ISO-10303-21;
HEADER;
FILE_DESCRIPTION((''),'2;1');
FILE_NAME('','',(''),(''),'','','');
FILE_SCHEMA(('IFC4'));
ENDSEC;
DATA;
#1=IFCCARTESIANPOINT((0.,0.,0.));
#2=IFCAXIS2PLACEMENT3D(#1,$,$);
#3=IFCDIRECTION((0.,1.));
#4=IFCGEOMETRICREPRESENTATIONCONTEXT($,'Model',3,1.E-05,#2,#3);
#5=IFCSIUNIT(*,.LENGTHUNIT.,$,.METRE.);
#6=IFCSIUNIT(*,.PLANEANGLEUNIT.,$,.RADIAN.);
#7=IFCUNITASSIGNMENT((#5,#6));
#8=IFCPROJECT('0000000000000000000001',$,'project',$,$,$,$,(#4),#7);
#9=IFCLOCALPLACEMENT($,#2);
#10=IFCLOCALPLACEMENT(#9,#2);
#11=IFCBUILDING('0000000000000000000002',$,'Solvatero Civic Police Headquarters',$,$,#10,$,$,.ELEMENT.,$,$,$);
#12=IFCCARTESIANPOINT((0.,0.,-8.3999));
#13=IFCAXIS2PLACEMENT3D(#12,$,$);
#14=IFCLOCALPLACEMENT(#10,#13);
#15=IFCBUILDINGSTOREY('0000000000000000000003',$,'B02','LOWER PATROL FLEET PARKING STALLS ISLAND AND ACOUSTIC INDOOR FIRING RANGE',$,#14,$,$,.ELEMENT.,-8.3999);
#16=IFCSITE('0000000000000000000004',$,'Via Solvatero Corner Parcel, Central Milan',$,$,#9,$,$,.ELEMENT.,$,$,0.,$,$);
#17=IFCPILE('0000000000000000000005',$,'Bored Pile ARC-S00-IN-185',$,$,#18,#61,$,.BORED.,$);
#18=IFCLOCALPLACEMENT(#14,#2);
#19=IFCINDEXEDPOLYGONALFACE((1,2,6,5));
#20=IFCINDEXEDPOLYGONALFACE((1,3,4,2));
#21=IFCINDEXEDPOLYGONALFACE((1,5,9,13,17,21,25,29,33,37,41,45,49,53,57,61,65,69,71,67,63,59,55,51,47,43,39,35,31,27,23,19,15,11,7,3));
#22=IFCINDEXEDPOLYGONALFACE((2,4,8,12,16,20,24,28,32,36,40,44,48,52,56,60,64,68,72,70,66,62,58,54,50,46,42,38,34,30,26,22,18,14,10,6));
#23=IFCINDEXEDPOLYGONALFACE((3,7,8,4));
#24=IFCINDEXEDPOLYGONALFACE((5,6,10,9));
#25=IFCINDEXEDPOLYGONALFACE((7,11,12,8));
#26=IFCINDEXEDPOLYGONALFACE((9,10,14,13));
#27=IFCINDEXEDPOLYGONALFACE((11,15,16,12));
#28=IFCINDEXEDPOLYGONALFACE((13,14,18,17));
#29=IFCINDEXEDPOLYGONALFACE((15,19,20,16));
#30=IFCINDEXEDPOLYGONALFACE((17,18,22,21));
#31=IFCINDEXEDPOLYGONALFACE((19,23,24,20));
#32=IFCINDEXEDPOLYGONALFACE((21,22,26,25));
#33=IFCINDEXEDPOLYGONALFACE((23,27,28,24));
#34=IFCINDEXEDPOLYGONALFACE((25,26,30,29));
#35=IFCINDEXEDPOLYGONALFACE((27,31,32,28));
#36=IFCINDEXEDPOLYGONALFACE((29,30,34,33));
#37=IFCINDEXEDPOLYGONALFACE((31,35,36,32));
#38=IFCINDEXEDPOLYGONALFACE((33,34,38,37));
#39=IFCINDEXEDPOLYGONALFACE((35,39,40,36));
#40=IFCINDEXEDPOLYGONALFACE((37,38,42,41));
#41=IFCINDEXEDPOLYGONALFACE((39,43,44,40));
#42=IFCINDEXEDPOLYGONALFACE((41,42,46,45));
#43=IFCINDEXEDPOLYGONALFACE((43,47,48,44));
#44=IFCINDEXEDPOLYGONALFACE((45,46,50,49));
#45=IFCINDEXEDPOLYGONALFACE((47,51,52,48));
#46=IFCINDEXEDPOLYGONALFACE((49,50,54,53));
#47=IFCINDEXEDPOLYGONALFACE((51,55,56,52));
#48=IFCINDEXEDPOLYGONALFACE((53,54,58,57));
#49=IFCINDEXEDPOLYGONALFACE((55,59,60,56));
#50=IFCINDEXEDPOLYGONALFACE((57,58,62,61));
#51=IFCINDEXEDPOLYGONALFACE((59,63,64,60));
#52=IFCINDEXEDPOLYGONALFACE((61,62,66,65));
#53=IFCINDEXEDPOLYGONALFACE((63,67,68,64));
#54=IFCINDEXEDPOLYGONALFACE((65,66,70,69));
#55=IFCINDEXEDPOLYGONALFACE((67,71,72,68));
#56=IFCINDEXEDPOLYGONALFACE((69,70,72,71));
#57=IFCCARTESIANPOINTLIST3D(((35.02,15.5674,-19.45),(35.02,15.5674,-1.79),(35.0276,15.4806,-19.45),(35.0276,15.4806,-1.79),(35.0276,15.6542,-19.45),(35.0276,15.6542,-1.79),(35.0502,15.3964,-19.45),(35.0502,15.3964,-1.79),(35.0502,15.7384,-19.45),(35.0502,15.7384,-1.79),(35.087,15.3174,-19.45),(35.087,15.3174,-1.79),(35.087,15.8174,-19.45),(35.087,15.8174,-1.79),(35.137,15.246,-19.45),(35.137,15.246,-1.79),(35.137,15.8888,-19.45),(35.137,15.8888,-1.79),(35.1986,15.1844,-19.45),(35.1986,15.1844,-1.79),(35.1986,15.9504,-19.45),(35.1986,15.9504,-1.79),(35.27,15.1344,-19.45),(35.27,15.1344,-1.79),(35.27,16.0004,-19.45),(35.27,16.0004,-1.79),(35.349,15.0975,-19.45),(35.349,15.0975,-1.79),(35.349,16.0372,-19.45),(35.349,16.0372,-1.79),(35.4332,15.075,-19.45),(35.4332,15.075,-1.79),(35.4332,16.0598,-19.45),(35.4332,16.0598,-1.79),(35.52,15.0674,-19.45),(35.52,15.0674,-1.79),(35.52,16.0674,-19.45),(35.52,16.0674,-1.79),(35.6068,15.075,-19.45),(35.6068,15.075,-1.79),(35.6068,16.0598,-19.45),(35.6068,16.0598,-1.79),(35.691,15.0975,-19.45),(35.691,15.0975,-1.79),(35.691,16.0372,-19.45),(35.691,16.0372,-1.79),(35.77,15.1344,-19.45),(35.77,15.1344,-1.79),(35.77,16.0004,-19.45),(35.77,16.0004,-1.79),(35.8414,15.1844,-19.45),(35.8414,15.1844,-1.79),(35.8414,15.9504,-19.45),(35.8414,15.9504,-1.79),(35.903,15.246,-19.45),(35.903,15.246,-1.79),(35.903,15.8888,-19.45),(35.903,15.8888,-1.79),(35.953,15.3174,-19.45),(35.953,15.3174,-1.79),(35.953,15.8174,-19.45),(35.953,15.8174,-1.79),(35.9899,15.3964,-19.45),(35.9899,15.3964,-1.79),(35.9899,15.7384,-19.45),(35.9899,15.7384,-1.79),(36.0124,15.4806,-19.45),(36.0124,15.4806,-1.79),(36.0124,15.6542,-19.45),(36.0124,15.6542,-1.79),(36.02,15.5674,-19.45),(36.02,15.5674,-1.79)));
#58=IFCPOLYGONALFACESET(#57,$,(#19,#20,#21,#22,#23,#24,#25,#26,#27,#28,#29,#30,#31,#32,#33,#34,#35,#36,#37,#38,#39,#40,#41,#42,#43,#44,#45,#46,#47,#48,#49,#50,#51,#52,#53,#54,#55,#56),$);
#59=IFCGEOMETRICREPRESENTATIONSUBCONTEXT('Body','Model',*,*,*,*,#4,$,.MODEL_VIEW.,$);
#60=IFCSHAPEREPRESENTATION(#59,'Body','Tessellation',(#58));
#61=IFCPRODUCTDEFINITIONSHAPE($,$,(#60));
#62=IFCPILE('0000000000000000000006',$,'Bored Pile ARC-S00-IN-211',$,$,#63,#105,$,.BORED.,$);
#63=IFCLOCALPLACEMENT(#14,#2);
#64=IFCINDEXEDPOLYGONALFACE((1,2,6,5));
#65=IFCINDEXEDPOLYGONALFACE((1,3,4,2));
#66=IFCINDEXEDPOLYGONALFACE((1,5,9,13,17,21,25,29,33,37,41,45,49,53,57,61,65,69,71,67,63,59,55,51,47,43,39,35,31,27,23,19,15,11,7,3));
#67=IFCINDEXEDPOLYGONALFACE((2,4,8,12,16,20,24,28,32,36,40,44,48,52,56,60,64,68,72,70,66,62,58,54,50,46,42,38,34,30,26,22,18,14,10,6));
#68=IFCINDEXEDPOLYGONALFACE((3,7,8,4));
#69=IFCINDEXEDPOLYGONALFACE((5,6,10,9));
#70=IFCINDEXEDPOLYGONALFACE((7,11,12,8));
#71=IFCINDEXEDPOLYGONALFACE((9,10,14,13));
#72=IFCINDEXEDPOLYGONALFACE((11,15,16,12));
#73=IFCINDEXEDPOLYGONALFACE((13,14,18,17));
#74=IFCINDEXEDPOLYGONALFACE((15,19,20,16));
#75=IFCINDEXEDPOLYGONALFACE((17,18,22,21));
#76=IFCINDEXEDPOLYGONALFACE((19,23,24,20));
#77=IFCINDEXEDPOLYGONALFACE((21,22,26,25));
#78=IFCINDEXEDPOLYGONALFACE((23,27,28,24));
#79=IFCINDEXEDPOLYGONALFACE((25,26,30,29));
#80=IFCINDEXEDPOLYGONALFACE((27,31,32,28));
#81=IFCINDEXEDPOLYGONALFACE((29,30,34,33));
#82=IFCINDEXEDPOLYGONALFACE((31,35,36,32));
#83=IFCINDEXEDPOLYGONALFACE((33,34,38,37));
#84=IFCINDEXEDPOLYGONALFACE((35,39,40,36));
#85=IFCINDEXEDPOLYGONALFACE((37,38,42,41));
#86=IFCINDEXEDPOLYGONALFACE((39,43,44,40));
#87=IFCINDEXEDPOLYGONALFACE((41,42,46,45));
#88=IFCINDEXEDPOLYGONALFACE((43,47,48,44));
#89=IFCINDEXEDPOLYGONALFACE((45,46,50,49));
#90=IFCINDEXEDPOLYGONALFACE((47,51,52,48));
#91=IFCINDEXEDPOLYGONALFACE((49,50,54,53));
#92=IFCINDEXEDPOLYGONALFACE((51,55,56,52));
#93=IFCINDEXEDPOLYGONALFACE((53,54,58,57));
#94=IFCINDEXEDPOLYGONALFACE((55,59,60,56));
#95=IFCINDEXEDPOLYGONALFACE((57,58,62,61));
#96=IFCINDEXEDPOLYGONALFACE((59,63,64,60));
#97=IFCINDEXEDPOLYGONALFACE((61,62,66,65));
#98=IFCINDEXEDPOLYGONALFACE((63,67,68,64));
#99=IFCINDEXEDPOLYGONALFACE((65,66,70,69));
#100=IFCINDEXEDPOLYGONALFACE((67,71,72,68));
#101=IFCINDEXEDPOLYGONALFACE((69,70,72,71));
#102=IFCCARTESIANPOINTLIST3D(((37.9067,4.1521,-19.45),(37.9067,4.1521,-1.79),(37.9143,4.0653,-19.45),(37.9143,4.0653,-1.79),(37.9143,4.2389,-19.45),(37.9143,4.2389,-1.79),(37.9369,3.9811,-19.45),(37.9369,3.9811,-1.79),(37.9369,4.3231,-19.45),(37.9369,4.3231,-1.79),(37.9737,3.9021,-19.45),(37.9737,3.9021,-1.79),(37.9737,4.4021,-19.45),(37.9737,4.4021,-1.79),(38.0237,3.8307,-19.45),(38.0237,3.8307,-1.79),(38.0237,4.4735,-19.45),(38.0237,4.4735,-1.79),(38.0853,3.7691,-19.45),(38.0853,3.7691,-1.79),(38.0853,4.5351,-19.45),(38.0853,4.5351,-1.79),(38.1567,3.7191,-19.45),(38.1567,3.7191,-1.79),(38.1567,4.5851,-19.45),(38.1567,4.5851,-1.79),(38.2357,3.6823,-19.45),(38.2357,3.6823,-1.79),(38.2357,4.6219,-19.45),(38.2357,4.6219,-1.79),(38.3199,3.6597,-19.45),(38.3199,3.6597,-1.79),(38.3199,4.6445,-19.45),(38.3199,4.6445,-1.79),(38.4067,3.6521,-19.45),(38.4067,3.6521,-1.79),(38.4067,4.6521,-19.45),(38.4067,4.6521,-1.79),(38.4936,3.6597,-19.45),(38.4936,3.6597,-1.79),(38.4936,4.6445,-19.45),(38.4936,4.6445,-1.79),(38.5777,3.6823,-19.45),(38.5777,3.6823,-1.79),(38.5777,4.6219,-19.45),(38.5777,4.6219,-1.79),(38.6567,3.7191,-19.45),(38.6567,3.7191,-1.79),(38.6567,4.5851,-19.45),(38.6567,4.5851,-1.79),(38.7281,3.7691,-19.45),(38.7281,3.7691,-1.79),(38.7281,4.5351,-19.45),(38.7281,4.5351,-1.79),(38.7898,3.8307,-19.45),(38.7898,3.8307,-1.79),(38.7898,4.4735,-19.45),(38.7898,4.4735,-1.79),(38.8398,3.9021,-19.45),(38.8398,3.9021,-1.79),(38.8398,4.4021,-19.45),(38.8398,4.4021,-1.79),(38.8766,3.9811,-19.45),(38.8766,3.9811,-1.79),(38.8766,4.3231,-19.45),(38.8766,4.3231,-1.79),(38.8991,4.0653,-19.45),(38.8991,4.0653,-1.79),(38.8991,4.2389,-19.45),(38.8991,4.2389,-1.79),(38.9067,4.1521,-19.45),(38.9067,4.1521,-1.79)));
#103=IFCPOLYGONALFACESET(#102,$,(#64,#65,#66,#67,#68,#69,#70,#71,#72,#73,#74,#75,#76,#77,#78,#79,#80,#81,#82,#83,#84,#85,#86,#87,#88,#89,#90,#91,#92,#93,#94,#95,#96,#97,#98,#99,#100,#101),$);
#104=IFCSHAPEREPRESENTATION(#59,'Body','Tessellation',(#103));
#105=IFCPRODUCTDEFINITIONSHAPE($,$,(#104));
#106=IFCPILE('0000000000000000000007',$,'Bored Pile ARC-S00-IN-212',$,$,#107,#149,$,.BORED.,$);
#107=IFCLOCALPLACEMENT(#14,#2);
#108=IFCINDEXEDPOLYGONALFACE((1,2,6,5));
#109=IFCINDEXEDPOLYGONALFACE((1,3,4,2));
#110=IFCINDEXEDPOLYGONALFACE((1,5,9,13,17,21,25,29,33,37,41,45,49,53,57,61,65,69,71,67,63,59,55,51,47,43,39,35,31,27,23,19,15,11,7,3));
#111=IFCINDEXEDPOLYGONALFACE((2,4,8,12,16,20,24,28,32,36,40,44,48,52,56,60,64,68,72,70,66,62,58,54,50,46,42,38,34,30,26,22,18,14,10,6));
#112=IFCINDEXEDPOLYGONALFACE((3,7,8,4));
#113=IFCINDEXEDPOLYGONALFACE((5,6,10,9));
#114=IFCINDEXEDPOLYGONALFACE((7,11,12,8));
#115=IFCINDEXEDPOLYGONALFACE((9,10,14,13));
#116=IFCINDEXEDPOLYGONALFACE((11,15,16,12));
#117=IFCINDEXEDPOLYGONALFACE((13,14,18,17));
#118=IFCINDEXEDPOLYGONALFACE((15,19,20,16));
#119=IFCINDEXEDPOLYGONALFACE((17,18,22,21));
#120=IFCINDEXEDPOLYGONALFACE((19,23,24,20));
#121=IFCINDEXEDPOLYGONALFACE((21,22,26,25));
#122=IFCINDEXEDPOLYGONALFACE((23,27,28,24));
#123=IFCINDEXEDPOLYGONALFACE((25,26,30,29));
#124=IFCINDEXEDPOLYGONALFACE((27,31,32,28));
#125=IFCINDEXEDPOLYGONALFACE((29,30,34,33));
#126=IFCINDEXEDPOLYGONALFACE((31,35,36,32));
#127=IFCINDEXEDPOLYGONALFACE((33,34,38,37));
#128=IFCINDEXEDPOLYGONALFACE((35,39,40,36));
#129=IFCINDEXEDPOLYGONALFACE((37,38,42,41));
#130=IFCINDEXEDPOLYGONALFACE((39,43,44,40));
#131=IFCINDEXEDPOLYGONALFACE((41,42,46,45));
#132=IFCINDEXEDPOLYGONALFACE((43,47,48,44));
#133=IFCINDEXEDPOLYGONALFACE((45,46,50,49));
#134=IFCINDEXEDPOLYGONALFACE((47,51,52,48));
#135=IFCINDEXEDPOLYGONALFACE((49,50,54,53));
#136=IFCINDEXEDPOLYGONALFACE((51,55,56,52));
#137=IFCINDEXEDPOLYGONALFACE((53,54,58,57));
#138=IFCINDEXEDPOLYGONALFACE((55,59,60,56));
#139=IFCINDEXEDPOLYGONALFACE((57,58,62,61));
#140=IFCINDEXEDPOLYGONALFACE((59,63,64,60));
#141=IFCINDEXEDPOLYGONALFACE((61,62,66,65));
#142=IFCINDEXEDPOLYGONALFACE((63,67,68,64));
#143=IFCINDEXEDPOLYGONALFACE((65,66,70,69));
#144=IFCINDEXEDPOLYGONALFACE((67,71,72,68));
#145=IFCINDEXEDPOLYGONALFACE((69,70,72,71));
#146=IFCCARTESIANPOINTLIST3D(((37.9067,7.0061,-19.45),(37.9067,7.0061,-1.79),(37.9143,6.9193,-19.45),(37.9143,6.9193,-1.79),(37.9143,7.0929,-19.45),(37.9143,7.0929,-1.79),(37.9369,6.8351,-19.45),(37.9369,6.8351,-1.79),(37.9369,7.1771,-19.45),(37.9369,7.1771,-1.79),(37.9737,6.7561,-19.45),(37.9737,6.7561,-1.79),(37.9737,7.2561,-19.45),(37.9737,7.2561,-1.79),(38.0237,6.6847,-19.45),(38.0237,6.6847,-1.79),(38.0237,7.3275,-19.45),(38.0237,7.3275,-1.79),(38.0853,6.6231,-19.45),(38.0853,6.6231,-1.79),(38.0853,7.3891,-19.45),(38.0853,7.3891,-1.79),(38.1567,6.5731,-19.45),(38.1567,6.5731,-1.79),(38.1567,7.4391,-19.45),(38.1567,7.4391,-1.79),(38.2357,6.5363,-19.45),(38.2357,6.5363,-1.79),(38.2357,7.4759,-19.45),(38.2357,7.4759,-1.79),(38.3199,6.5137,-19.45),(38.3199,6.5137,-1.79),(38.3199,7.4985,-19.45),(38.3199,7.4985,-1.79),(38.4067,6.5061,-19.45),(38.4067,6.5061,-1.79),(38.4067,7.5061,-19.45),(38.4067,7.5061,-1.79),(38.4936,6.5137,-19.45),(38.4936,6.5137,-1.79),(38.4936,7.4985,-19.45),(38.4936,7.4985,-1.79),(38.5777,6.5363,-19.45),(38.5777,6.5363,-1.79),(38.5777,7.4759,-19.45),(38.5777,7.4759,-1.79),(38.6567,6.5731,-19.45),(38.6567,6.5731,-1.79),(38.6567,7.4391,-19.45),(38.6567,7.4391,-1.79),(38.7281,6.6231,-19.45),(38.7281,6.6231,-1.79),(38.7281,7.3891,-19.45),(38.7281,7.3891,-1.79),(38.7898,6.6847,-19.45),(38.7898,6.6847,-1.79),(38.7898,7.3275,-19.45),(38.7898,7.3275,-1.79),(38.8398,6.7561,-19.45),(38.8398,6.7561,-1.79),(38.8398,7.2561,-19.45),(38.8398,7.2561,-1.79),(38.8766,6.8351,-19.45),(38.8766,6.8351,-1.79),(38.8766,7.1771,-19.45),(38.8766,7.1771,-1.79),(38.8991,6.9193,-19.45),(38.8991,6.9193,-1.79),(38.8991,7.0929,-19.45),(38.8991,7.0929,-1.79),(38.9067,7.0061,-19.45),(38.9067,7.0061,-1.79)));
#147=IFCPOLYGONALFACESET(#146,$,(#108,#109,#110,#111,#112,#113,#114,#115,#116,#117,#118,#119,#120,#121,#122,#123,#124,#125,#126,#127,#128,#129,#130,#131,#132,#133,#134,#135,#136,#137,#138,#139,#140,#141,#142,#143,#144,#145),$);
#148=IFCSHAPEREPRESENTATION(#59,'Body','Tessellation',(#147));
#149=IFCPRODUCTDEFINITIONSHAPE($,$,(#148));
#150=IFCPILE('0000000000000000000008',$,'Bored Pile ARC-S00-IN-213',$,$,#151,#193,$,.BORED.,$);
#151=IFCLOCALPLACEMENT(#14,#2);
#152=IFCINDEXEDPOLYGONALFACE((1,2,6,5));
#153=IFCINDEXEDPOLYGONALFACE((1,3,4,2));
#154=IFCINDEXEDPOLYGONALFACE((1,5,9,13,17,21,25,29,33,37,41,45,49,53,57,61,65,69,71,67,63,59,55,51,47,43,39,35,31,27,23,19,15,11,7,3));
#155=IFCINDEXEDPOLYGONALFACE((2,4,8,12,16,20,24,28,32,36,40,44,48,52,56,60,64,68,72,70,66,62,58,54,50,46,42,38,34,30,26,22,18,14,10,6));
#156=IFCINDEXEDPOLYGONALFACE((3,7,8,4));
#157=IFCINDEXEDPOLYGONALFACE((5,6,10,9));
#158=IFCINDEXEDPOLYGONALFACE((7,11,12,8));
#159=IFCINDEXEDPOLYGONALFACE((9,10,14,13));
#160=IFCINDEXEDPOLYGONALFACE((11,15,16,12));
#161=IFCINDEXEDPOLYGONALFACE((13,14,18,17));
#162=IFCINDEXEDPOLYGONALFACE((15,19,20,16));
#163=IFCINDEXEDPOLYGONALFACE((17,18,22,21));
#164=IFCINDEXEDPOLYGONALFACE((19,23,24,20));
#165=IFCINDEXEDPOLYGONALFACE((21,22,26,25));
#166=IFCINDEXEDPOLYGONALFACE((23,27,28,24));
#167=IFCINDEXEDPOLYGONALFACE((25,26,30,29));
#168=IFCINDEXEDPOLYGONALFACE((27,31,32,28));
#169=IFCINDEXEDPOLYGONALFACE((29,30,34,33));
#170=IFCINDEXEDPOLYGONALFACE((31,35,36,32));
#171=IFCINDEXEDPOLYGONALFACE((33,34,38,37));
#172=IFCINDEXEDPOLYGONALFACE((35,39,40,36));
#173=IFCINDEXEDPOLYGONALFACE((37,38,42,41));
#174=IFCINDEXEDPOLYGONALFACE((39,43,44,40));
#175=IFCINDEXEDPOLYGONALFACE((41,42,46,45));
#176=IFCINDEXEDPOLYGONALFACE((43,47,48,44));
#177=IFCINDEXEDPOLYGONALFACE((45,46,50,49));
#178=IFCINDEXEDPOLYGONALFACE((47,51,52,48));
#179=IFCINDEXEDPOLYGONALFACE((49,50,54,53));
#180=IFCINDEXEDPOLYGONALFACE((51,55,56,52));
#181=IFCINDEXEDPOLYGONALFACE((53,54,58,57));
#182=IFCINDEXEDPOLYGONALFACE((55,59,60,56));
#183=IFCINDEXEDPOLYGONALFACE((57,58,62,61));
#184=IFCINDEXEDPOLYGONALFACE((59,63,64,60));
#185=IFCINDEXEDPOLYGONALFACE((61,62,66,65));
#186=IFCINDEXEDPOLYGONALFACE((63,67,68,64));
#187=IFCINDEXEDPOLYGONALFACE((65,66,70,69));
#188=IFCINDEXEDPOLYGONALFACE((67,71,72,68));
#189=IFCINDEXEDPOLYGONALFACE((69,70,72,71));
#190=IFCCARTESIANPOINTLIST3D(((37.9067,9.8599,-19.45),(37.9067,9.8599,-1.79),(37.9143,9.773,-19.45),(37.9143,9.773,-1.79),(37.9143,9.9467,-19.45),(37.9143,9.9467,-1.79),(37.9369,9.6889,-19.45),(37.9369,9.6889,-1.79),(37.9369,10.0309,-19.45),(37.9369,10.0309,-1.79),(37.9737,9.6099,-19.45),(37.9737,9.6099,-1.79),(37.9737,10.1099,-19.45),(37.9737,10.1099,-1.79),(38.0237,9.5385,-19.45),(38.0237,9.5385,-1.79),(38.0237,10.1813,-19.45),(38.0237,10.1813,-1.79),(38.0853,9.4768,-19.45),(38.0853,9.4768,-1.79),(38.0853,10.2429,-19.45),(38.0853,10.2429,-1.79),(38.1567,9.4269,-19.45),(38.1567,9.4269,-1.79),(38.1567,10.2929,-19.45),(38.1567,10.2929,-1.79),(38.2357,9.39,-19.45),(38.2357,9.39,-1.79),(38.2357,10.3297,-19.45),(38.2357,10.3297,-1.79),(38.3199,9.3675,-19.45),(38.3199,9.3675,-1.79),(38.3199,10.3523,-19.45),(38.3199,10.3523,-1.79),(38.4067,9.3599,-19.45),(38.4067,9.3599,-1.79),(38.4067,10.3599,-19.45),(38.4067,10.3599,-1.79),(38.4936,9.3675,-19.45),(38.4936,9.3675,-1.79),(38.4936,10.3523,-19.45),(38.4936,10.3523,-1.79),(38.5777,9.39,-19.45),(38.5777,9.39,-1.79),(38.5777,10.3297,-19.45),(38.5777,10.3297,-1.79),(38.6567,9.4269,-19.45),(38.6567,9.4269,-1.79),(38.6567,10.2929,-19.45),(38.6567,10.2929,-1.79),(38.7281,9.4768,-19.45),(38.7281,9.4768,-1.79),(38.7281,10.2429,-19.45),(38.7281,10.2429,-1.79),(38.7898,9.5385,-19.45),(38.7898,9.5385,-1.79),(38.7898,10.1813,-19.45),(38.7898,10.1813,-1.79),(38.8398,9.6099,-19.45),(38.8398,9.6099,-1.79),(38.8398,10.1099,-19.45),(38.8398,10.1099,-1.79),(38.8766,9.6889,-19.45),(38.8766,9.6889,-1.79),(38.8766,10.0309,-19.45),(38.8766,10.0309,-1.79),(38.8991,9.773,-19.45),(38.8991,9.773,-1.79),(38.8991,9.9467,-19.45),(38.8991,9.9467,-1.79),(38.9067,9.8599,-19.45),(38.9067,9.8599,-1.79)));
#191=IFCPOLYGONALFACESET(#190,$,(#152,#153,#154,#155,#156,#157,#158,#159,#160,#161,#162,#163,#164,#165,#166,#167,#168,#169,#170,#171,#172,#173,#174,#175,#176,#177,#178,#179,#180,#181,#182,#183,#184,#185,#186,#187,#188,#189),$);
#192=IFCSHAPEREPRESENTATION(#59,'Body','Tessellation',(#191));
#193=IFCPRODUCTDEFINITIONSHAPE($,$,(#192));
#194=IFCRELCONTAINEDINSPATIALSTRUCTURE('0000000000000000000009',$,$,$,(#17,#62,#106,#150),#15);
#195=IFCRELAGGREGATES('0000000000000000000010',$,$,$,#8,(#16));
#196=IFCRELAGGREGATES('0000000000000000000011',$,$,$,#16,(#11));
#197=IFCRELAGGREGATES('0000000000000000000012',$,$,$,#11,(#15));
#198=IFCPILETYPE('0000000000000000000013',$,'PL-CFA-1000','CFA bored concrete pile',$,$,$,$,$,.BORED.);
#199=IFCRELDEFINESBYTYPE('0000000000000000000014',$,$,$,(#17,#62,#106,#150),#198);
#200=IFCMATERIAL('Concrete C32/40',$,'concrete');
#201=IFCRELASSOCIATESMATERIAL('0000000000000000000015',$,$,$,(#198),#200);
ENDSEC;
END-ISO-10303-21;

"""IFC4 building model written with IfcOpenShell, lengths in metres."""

from ifc_helpers import new_model, si_unit, direction, frame, origin, origin_2d, place, context, subcontext, project, spatial, circle, extrude, material, material_profile, profile_set, type_object, element, save


model = new_model("IFC4")

# Units and contexts
model_context = context("Model", 3, precision=1e-05, world=origin(), true_north=direction((0.0, 1.0)))
body_context = subcontext(model_context, "Body", "Model", "MODEL_VIEW")
ifc_project = project(units=[si_unit("LENGTHUNIT", "METRE"), si_unit("PLANEANGLEUNIT", "RADIAN")], contexts=[model_context])

# Site, building, storey
site_placement = place(None, origin())
site = spatial("IfcSite", under=ifc_project, at=site_placement, Name="Via Solvatero Corner Parcel, Central Milan", CompositionType="ELEMENT", RefElevation=0.0)
building_placement = place(site_placement, origin())
building = spatial("IfcBuilding", under=site, at=building_placement, Name="Solvatero Civic Police Headquarters", CompositionType="ELEMENT")
storey_placement = place(building_placement, frame((0.0, 0.0, -8.3999)))
storey = spatial("IfcBuildingStorey", under=building, at=storey_placement, Name="B02", Description="LOWER PATROL FLEET PARKING STALLS ISLAND AND ACOUSTIC INDOOR FIRING RANGE", CompositionType="ELEMENT", Elevation=-8.3999)

# Piles
ifc_material_1 = material(Name="Concrete C32/40", Category="concrete")
ifc_material_profile_1 = material_profile(ifc_material_1, circle(Radius=0.5, at=origin_2d()), Name="CFA PILE D1000")
ifc_profile_set_1 = profile_set([ifc_material_profile_1], Name="Concrete C32/40")
pile_type = type_object("IfcPileType", Name="PL-CFA-1000", Description="CFA bored concrete pile", PredefinedType="BORED", material=ifc_profile_set_1)
for number, where, z_axis, x_axis, name in (
    (1, (35.52, 15.5674, -1.79), (0.0, 0.0, -1.0), (1.0, 0.0, 0.0), "Bored Pile ARC-S00-IN-185"),
    (2, (38.4067, 4.1521, -1.79), (0.0, 0.0, -1.0), (1.0, 0.0, 0.0), "Bored Pile ARC-S00-IN-211"),
    (3, (38.4067, 7.0061, -1.79), (0.0, 0.0, -1.0), (1.0, 0.0, 0.0), "Bored Pile ARC-S00-IN-212"),
    (4, (38.4067, 9.8599, -1.79), (0.0, 0.0, -1.0), (1.0, 0.0, 0.0), "Bored Pile ARC-S00-IN-213"),
):
    element("IfcPile", number, at=place(storey_placement, frame(where, z_axis=z_axis, x_axis=x_axis)), inside=storey, type_object=pile_type, Name=name, PredefinedType="BORED", context=body_context, shape_type="SweptSolid", body=[
        extrude(circle(Radius=0.5, at=origin_2d()), origin(), (0.0, 0.0, 1.0), 17.6599),
    ])

save(model, "model.ifc")
